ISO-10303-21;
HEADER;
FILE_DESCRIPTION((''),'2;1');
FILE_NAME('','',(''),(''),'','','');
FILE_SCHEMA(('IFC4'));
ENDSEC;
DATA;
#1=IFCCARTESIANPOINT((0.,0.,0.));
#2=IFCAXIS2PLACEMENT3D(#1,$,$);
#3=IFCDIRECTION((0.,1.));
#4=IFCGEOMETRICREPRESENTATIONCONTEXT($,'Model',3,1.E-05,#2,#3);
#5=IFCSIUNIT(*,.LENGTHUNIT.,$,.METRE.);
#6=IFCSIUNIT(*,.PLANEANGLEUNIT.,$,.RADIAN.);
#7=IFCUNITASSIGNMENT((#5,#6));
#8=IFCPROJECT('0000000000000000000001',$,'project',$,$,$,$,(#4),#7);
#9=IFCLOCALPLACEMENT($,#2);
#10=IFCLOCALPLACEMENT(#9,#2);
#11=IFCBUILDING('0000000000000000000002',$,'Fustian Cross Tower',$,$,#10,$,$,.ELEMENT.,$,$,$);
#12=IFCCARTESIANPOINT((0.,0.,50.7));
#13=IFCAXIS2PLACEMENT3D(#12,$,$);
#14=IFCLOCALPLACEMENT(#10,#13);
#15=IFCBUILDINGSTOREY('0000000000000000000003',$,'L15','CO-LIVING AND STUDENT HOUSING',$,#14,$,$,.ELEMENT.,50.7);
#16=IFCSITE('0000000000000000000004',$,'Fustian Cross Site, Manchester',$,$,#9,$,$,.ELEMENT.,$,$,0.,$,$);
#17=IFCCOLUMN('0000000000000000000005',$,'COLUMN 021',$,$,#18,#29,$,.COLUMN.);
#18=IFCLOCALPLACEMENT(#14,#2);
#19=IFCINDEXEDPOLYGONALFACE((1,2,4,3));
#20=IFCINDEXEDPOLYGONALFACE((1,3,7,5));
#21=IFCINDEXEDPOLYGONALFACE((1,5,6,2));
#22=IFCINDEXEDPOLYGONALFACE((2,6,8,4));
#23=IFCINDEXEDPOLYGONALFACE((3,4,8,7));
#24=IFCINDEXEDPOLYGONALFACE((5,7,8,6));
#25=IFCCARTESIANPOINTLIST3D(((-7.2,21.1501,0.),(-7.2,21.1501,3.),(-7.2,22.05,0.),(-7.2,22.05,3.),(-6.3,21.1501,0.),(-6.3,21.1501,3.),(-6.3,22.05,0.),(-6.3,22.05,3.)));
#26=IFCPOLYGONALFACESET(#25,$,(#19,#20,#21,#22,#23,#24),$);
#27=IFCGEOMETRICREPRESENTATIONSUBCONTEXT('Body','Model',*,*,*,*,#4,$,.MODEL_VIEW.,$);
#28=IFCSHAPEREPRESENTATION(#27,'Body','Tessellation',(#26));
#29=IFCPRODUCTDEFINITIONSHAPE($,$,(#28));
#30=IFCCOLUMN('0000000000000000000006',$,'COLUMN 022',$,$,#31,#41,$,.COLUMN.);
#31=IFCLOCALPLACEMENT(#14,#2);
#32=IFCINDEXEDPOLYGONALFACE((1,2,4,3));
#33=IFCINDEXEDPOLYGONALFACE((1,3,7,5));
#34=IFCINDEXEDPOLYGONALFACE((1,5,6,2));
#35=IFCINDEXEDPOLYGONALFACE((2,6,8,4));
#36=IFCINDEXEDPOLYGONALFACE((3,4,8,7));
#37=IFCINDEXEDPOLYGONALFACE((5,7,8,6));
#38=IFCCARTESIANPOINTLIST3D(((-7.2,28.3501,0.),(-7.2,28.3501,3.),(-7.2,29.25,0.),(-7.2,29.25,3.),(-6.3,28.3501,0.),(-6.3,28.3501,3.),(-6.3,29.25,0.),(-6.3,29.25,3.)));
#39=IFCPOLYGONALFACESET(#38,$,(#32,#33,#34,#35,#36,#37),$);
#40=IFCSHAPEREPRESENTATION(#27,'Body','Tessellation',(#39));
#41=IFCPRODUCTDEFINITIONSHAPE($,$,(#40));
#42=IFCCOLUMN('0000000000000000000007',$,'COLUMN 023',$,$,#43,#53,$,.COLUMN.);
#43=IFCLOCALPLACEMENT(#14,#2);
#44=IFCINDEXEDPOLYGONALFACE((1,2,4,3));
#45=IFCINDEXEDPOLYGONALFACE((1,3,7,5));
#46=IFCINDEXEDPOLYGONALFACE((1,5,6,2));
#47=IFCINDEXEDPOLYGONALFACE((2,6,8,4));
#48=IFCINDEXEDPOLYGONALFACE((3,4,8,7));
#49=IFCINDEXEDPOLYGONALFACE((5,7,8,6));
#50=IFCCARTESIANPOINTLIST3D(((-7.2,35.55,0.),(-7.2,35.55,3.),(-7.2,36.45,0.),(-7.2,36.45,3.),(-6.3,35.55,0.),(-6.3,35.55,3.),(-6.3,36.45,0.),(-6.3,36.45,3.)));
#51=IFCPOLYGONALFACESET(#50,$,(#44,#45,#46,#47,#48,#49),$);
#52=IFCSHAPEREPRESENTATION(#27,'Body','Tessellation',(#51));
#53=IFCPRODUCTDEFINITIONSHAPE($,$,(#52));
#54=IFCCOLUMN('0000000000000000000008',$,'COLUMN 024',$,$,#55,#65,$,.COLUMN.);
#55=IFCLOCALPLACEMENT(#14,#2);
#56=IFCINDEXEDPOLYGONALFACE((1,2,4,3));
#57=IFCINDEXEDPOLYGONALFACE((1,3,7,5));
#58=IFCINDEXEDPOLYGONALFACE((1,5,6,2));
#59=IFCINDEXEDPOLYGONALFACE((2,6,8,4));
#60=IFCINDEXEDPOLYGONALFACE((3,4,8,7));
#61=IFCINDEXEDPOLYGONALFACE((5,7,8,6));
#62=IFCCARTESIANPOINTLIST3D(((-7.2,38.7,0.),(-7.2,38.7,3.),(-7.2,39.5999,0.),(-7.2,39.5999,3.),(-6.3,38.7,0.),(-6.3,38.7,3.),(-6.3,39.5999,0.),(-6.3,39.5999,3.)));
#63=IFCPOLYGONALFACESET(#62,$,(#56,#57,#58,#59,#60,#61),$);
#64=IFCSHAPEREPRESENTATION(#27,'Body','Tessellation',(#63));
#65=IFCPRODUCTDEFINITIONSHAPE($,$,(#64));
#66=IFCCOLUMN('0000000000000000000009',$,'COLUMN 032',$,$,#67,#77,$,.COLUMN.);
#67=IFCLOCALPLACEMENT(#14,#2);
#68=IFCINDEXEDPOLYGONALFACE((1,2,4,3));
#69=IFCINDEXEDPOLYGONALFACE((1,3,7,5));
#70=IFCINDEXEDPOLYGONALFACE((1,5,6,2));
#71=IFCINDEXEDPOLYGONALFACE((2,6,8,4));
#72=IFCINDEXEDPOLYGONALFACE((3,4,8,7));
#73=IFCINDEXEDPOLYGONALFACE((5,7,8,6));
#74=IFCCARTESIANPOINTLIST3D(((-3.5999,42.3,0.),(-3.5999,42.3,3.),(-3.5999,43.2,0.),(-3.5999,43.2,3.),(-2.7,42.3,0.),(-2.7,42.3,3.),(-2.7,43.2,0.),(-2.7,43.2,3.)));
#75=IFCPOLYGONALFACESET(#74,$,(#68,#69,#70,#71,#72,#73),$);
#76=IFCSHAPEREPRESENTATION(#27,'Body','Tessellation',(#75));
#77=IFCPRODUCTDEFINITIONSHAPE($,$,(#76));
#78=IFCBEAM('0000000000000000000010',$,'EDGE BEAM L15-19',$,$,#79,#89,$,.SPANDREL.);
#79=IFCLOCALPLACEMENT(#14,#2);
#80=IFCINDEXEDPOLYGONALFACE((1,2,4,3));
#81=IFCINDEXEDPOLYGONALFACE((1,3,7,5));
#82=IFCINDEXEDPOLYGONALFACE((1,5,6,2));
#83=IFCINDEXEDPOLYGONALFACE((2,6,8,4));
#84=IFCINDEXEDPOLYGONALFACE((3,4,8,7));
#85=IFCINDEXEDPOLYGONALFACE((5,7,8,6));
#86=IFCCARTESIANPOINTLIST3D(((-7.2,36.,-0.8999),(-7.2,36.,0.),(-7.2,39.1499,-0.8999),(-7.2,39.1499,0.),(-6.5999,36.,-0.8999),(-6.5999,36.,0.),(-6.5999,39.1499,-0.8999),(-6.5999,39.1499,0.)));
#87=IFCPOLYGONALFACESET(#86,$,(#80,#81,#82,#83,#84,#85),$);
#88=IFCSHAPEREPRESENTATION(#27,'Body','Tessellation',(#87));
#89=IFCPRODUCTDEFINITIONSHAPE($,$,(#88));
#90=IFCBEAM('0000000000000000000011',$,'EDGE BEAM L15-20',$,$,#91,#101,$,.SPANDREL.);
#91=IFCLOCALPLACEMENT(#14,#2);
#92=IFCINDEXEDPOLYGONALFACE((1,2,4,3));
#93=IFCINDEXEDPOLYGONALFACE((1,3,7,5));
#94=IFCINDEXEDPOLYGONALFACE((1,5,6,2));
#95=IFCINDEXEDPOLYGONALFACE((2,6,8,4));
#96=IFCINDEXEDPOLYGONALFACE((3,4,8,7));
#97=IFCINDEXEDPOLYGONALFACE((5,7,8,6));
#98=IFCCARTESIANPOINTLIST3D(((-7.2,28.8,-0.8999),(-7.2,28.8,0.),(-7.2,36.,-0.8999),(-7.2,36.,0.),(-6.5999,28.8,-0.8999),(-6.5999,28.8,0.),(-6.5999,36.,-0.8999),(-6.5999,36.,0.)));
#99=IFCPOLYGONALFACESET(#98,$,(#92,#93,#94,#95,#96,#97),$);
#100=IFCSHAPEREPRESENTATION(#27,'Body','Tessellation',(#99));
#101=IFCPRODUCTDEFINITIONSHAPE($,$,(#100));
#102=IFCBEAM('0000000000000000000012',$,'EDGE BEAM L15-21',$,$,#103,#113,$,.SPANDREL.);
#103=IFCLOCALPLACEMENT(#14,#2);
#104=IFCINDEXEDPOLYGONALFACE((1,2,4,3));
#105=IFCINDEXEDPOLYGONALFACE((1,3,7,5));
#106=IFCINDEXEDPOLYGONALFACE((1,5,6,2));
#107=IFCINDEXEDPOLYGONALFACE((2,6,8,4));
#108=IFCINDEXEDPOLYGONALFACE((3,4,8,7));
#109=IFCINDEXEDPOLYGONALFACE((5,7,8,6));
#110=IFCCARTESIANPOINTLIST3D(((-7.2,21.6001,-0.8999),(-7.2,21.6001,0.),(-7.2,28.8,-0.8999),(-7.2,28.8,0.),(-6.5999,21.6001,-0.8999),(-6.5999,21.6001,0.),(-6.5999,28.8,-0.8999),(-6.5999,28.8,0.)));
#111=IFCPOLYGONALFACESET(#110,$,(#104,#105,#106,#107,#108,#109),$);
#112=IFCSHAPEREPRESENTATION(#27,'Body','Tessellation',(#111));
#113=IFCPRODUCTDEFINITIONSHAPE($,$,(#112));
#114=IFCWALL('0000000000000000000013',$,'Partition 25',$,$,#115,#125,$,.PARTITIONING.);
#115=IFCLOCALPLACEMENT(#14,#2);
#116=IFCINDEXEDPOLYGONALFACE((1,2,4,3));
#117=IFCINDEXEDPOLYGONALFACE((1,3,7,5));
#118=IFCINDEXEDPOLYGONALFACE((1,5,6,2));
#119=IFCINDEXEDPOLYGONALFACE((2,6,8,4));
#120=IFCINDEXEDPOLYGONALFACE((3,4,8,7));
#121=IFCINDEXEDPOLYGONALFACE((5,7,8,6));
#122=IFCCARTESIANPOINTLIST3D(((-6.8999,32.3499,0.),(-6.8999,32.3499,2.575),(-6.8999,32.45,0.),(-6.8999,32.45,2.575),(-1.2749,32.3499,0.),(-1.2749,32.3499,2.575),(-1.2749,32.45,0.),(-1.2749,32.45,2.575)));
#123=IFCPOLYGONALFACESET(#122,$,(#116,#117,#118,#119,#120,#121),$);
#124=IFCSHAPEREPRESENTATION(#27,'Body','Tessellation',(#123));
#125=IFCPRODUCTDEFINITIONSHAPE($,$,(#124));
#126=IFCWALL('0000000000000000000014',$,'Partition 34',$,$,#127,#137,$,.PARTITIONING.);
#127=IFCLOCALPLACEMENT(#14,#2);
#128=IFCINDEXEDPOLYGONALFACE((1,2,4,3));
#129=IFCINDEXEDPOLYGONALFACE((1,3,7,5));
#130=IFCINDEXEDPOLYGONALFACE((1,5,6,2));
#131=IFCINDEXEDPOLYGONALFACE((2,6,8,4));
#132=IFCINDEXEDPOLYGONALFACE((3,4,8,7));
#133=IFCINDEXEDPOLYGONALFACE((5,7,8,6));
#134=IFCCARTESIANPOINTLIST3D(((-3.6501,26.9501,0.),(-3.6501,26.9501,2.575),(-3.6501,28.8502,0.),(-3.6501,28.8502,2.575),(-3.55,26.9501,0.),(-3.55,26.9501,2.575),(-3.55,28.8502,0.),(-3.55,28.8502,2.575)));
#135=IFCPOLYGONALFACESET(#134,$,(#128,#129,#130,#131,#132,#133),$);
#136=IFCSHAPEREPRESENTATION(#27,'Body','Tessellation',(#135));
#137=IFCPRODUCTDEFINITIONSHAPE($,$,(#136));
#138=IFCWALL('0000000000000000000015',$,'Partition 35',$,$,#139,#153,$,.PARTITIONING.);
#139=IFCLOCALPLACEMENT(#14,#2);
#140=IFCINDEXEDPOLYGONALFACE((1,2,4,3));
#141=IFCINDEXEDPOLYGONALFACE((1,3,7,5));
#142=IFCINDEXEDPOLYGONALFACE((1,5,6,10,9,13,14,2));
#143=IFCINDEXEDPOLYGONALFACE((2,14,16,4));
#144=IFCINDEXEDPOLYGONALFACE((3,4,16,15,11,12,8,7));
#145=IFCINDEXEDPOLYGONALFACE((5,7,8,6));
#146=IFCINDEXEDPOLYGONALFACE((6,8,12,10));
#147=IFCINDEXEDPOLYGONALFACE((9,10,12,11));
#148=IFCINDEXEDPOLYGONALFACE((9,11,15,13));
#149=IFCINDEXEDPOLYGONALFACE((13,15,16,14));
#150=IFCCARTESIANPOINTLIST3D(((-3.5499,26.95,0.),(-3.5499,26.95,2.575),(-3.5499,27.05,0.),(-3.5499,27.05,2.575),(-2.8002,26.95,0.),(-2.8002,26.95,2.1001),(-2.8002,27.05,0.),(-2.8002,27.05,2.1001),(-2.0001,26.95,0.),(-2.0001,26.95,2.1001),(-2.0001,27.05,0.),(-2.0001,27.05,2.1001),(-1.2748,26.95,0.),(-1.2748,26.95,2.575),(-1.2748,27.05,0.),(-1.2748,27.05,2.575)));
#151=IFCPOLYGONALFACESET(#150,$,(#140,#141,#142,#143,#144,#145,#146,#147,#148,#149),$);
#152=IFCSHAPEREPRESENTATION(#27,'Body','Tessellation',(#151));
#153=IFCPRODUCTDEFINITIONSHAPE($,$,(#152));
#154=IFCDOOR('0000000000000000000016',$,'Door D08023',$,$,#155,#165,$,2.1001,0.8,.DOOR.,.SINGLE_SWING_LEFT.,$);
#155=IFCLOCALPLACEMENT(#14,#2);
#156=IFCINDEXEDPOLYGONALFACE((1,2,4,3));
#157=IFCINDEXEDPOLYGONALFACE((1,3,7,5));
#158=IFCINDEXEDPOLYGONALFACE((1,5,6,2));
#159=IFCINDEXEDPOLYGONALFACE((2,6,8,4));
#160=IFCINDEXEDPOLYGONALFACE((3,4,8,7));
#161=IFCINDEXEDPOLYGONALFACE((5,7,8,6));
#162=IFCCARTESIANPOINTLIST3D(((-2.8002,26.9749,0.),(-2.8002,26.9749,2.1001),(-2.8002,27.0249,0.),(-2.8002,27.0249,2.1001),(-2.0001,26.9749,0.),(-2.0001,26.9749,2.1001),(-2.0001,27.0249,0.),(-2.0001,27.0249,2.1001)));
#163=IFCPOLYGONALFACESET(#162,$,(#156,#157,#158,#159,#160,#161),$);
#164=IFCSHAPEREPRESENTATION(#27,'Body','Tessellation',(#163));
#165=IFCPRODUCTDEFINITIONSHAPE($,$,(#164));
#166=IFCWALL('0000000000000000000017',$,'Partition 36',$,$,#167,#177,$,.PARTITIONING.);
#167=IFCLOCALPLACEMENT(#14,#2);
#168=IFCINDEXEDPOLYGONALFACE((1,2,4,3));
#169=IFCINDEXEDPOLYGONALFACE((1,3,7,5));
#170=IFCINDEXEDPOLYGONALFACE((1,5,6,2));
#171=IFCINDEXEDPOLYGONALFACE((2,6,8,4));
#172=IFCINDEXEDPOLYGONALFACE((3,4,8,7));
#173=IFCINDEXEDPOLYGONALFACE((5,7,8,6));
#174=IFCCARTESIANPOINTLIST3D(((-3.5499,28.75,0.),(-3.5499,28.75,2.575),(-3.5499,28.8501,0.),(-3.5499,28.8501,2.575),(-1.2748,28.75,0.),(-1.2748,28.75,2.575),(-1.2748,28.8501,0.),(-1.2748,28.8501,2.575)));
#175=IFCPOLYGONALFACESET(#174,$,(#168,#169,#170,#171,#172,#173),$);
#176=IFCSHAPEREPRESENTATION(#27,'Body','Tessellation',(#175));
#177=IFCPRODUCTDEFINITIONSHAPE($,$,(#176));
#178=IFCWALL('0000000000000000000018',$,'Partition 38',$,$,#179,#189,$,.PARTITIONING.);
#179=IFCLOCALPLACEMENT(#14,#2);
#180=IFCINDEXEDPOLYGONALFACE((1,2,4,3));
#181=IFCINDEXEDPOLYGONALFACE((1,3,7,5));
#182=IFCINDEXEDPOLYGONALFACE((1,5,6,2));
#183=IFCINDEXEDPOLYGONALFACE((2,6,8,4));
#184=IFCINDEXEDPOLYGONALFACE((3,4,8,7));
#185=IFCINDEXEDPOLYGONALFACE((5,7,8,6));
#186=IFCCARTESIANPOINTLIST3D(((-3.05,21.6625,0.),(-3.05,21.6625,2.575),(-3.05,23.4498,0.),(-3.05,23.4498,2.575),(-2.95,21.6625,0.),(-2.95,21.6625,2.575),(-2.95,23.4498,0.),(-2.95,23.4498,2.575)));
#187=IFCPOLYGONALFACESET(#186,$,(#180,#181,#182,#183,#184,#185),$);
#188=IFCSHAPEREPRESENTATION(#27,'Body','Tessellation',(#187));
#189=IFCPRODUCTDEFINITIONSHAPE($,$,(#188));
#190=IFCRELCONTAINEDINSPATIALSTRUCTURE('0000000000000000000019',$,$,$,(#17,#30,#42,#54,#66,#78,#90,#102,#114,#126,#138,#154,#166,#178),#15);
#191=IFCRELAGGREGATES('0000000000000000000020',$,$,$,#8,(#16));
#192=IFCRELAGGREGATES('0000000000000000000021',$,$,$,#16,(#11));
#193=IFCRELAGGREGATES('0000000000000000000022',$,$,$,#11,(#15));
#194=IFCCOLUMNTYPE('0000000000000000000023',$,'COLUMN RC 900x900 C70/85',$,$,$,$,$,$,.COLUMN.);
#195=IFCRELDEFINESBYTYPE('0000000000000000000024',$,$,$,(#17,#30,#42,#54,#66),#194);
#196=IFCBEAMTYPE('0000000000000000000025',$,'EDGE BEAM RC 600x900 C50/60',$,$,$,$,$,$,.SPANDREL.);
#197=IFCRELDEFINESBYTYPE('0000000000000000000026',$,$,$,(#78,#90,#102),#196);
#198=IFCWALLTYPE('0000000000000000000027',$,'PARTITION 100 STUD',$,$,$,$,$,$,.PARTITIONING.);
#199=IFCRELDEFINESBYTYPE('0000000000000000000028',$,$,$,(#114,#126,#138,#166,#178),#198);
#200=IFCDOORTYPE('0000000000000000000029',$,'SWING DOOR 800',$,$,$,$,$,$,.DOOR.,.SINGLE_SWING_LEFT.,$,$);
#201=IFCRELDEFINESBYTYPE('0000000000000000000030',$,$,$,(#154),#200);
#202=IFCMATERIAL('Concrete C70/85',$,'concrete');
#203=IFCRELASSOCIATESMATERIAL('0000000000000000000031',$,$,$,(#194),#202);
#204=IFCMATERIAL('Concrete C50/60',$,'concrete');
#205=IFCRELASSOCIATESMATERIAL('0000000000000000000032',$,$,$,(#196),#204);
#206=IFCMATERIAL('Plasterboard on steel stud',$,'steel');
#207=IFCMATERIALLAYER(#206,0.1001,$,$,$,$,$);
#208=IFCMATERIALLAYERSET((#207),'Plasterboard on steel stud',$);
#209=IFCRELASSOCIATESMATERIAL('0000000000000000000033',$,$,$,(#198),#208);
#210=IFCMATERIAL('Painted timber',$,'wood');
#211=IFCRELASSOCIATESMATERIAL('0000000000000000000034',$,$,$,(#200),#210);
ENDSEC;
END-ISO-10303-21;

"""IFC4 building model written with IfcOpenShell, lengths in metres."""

from ifc_helpers import new_model, si_unit, direction, frame, frame_2d, origin, origin_2d, place, context, subcontext, project, spatial, rectangle, extrude, material, layer, layer_set, material_profile, profile_set, type_object, element, fill, save


model = new_model("IFC4")

# Units and contexts
model_context = context("Model", 3, precision=1e-05, world=origin(), true_north=direction((0.0, 1.0)))
body_context = subcontext(model_context, "Body", "Model", "MODEL_VIEW")
ifc_project = project(units=[si_unit("LENGTHUNIT", "METRE"), si_unit("PLANEANGLEUNIT", "RADIAN")], contexts=[model_context])

# Site, building, storey
site_placement = place(None, origin())
site = spatial("IfcSite", under=ifc_project, at=site_placement, Name="Fustian Cross Site, Manchester", CompositionType="ELEMENT", RefElevation=0.0)
building_placement = place(site_placement, origin())
building = spatial("IfcBuilding", under=site, at=building_placement, Name="Fustian Cross Tower", CompositionType="ELEMENT")
storey_placement = place(building_placement, frame((0.0, 0.0, 50.7)))
storey = spatial("IfcBuildingStorey", under=building, at=storey_placement, Name="L15", Description="CO-LIVING AND STUDENT HOUSING", CompositionType="ELEMENT", Elevation=50.7)

# Columns
ifc_material_1 = material(Name="Concrete C70/85", Category="concrete")
ifc_material_profile_1 = material_profile(ifc_material_1, rectangle(XDim=0.8999, YDim=0.8999, at=origin_2d()), Name="RC 900x900")
ifc_profile_set_1 = profile_set([ifc_material_profile_1], Name="Concrete C70/85")
column_type = type_object("IfcColumnType", Name="COLUMN RC 900x900 C70/85", PredefinedType="COLUMN", material=ifc_profile_set_1)
for number, where, z_axis, x_axis, name in (
    (1, (-6.75, 21.6001, 0.0), (0.0, 0.0, 1.0), (1.0, 0.0, 0.0), "COLUMN 021"),
    (2, (-6.75, 28.8, 0.0), (0.0, 0.0, 1.0), (1.0, 0.0, 0.0), "COLUMN 022"),
    (3, (-6.75, 36.0, 0.0), (0.0, 0.0, 1.0), (1.0, 0.0, 0.0), "COLUMN 023"),
    (4, (-6.75, 39.1499, 0.0), (0.0, 0.0, 1.0), (1.0, 0.0, 0.0), "COLUMN 024"),
    (5, (-3.1499, 42.75, 0.0), (0.0, 0.0, 1.0), (1.0, 0.0, 0.0), "COLUMN 032"),
):
    element("IfcColumn", number, at=place(storey_placement, frame(where, z_axis=z_axis, x_axis=x_axis)), inside=storey, type_object=column_type, Name=name, PredefinedType="COLUMN", context=body_context, shape_type="SweptSolid", body=[
        extrude(rectangle(XDim=0.8999, YDim=0.8999, at=origin_2d()), origin(), (0.0, 0.0, 1.0), 3.0),
    ])

# Beams
ifc_material_2 = material(Name="Concrete C50/60", Category="concrete")
ifc_material_profile_2 = material_profile(ifc_material_2, rectangle(XDim=0.6001, YDim=0.8999, at=origin_2d()), Name="RC 600x900")
ifc_profile_set_2 = profile_set([ifc_material_profile_2], Name="Concrete C50/60")
beam_type = type_object("IfcBeamType", Name="EDGE BEAM RC 600x900 C50/60", PredefinedType="SPANDREL", material=ifc_profile_set_2)
beam_placement = place(storey_placement, frame((-6.8999, 39.1499, -0.45), z_axis=(0.0, -1.0, 0.0), x_axis=(1.0, 0.0, 0.0)))
element("IfcBeam", 6, at=beam_placement, inside=storey, type_object=beam_type, Name="EDGE BEAM L15-19", PredefinedType="SPANDREL", context=body_context, shape_type="SweptSolid", body=[
    extrude(rectangle(XDim=0.6001, YDim=0.8999, at=origin_2d()), origin(), (0.0, 0.0, 1.0), 3.1499),
])
for number, where, z_axis, x_axis, name in (
    (7, (-6.8999, 36.0, -0.45), (0.0, -1.0, 0.0), (1.0, 0.0, 0.0), "EDGE BEAM L15-20"),
    (8, (-6.8999, 28.8, -0.45), (0.0, -1.0, 0.0), (1.0, 0.0, 0.0), "EDGE BEAM L15-21"),
):
    element("IfcBeam", number, at=place(storey_placement, frame(where, z_axis=z_axis, x_axis=x_axis)), inside=storey, type_object=beam_type, Name=name, PredefinedType="SPANDREL", context=body_context, shape_type="SweptSolid", body=[
        extrude(rectangle(XDim=0.6001, YDim=0.8999, at=origin_2d()), origin(), (0.0, 0.0, 1.0), 7.2),
    ])

# Walls
ifc_material_3 = material(Name="Plasterboard on steel stud", Category="steel")
ifc_layer_1 = layer(ifc_material_3, 0.1001)
ifc_layer_set_1 = layer_set([ifc_layer_1], Name="Plasterboard on steel stud")
wall_type_1 = type_object("IfcWallType", Name="PARTITION 100 STUD", PredefinedType="PARTITIONING", material=ifc_layer_set_1)
wall_1_placement = place(storey_placement, frame((-6.8999, 32.3999, 0.0), z_axis=(0.0, 0.0, 1.0), x_axis=(1.0, 0.0, 0.0)))
element("IfcWall", 9, at=wall_1_placement, inside=storey, type_object=wall_type_1, Name="Partition 25", PredefinedType="PARTITIONING", context=body_context, shape_type="SweptSolid", body=[
    extrude(rectangle(XDim=5.625, YDim=0.1001, at=frame_2d((2.8125, 0.0))), origin(), (0.0, 0.0, 1.0), 2.575),
])
wall_2_placement = place(storey_placement, frame((-3.6001, 26.95, 0.0), z_axis=(0.0, 0.0, 1.0), x_axis=(0.0, 1.0, 0.0)))
element("IfcWall", 10, at=wall_2_placement, inside=storey, type_object=wall_type_1, Name="Partition 34", PredefinedType="PARTITIONING", context=body_context, shape_type="SweptSolid", body=[
    extrude(rectangle(XDim=1.9001, YDim=0.1001, at=frame_2d((0.9502, 0.0))), origin(), (0.0, 0.0, 1.0), 2.575),
])

# Wall, opening, door
wall_3_placement = place(storey_placement, frame((-3.55, 27.0, 0.0), z_axis=(0.0, 0.0, 1.0), x_axis=(1.0, 0.0, 0.0)))
wall_3 = element("IfcWall", 11, at=wall_3_placement, inside=storey, type_object=wall_type_1, Name="Partition 35", PredefinedType="PARTITIONING", context=body_context, shape_type="SweptSolid", body=[
    extrude(rectangle(XDim=2.2751, YDim=0.1001, at=frame_2d((1.1377, 0.0))), origin(), (0.0, 0.0, 1.0), 2.575),
])
opening_1_placement = place(wall_3_placement, frame((0.75, 0.0, 0.0)))
opening_1 = element("IfcOpeningElement", 12, at=opening_1_placement, cuts=wall_3, PredefinedType="OPENING", context=body_context, shape_type="SweptSolid", body=[
    extrude(rectangle(XDim=0.8, YDim=2.1001, at=frame_2d((0.3999, 1.05))), frame((0.0, 0.0601, 0.0), z_axis=(0.0, -1.0, 0.0), x_axis=(1.0, 0.0, 0.0)), (0.0, 0.0, 1.0), 0.1201),
])
ifc_material_4 = material(Name="Painted timber", Category="wood")
door_type_1 = type_object("IfcDoorType", Name="SWING DOOR 800", OperationType="SINGLE_SWING_LEFT", PredefinedType="DOOR", material=ifc_material_4)
door_1_placement = place(opening_1_placement, origin())
door_1 = element("IfcDoor", 13, at=door_1_placement, inside=storey, type_object=door_type_1, Name="Door D08023", OperationType="SINGLE_SWING_LEFT", OverallHeight=2.1001, OverallWidth=0.8, PredefinedType="DOOR", context=body_context, shape_type="SweptSolid", body=[
    extrude(rectangle(XDim=0.8, YDim=2.1001, at=frame_2d((0.3999, 1.05))), frame((0.0, 0.0249, 0.0), z_axis=(0.0, -1.0, 0.0), x_axis=(1.0, 0.0, 0.0)), (0.0, 0.0, 1.0), 0.05),
])
fill(opening_1, door_1)

# Walls
wall_4_placement = place(storey_placement, frame((-3.55, 28.8, 0.0), z_axis=(0.0, 0.0, 1.0), x_axis=(1.0, 0.0, 0.0)))
element("IfcWall", 14, at=wall_4_placement, inside=storey, type_object=wall_type_1, Name="Partition 36", PredefinedType="PARTITIONING", context=body_context, shape_type="SweptSolid", body=[
    extrude(rectangle(XDim=2.2751, YDim=0.1001, at=frame_2d((1.1377, 0.0))), origin(), (0.0, 0.0, 1.0), 2.575),
])
wall_5_placement = place(storey_placement, frame((-3.0, 21.6626, 0.0), z_axis=(0.0, 0.0, 1.0), x_axis=(0.0, 1.0, 0.0)))
element("IfcWall", 15, at=wall_5_placement, inside=storey, type_object=wall_type_1, Name="Partition 38", PredefinedType="PARTITIONING", context=body_context, shape_type="SweptSolid", body=[
    extrude(rectangle(XDim=1.7874, YDim=0.1001, at=frame_2d((0.8936, 0.0))), origin(), (0.0, 0.0, 1.0), 2.575),
])

save(model, "model.ifc")
